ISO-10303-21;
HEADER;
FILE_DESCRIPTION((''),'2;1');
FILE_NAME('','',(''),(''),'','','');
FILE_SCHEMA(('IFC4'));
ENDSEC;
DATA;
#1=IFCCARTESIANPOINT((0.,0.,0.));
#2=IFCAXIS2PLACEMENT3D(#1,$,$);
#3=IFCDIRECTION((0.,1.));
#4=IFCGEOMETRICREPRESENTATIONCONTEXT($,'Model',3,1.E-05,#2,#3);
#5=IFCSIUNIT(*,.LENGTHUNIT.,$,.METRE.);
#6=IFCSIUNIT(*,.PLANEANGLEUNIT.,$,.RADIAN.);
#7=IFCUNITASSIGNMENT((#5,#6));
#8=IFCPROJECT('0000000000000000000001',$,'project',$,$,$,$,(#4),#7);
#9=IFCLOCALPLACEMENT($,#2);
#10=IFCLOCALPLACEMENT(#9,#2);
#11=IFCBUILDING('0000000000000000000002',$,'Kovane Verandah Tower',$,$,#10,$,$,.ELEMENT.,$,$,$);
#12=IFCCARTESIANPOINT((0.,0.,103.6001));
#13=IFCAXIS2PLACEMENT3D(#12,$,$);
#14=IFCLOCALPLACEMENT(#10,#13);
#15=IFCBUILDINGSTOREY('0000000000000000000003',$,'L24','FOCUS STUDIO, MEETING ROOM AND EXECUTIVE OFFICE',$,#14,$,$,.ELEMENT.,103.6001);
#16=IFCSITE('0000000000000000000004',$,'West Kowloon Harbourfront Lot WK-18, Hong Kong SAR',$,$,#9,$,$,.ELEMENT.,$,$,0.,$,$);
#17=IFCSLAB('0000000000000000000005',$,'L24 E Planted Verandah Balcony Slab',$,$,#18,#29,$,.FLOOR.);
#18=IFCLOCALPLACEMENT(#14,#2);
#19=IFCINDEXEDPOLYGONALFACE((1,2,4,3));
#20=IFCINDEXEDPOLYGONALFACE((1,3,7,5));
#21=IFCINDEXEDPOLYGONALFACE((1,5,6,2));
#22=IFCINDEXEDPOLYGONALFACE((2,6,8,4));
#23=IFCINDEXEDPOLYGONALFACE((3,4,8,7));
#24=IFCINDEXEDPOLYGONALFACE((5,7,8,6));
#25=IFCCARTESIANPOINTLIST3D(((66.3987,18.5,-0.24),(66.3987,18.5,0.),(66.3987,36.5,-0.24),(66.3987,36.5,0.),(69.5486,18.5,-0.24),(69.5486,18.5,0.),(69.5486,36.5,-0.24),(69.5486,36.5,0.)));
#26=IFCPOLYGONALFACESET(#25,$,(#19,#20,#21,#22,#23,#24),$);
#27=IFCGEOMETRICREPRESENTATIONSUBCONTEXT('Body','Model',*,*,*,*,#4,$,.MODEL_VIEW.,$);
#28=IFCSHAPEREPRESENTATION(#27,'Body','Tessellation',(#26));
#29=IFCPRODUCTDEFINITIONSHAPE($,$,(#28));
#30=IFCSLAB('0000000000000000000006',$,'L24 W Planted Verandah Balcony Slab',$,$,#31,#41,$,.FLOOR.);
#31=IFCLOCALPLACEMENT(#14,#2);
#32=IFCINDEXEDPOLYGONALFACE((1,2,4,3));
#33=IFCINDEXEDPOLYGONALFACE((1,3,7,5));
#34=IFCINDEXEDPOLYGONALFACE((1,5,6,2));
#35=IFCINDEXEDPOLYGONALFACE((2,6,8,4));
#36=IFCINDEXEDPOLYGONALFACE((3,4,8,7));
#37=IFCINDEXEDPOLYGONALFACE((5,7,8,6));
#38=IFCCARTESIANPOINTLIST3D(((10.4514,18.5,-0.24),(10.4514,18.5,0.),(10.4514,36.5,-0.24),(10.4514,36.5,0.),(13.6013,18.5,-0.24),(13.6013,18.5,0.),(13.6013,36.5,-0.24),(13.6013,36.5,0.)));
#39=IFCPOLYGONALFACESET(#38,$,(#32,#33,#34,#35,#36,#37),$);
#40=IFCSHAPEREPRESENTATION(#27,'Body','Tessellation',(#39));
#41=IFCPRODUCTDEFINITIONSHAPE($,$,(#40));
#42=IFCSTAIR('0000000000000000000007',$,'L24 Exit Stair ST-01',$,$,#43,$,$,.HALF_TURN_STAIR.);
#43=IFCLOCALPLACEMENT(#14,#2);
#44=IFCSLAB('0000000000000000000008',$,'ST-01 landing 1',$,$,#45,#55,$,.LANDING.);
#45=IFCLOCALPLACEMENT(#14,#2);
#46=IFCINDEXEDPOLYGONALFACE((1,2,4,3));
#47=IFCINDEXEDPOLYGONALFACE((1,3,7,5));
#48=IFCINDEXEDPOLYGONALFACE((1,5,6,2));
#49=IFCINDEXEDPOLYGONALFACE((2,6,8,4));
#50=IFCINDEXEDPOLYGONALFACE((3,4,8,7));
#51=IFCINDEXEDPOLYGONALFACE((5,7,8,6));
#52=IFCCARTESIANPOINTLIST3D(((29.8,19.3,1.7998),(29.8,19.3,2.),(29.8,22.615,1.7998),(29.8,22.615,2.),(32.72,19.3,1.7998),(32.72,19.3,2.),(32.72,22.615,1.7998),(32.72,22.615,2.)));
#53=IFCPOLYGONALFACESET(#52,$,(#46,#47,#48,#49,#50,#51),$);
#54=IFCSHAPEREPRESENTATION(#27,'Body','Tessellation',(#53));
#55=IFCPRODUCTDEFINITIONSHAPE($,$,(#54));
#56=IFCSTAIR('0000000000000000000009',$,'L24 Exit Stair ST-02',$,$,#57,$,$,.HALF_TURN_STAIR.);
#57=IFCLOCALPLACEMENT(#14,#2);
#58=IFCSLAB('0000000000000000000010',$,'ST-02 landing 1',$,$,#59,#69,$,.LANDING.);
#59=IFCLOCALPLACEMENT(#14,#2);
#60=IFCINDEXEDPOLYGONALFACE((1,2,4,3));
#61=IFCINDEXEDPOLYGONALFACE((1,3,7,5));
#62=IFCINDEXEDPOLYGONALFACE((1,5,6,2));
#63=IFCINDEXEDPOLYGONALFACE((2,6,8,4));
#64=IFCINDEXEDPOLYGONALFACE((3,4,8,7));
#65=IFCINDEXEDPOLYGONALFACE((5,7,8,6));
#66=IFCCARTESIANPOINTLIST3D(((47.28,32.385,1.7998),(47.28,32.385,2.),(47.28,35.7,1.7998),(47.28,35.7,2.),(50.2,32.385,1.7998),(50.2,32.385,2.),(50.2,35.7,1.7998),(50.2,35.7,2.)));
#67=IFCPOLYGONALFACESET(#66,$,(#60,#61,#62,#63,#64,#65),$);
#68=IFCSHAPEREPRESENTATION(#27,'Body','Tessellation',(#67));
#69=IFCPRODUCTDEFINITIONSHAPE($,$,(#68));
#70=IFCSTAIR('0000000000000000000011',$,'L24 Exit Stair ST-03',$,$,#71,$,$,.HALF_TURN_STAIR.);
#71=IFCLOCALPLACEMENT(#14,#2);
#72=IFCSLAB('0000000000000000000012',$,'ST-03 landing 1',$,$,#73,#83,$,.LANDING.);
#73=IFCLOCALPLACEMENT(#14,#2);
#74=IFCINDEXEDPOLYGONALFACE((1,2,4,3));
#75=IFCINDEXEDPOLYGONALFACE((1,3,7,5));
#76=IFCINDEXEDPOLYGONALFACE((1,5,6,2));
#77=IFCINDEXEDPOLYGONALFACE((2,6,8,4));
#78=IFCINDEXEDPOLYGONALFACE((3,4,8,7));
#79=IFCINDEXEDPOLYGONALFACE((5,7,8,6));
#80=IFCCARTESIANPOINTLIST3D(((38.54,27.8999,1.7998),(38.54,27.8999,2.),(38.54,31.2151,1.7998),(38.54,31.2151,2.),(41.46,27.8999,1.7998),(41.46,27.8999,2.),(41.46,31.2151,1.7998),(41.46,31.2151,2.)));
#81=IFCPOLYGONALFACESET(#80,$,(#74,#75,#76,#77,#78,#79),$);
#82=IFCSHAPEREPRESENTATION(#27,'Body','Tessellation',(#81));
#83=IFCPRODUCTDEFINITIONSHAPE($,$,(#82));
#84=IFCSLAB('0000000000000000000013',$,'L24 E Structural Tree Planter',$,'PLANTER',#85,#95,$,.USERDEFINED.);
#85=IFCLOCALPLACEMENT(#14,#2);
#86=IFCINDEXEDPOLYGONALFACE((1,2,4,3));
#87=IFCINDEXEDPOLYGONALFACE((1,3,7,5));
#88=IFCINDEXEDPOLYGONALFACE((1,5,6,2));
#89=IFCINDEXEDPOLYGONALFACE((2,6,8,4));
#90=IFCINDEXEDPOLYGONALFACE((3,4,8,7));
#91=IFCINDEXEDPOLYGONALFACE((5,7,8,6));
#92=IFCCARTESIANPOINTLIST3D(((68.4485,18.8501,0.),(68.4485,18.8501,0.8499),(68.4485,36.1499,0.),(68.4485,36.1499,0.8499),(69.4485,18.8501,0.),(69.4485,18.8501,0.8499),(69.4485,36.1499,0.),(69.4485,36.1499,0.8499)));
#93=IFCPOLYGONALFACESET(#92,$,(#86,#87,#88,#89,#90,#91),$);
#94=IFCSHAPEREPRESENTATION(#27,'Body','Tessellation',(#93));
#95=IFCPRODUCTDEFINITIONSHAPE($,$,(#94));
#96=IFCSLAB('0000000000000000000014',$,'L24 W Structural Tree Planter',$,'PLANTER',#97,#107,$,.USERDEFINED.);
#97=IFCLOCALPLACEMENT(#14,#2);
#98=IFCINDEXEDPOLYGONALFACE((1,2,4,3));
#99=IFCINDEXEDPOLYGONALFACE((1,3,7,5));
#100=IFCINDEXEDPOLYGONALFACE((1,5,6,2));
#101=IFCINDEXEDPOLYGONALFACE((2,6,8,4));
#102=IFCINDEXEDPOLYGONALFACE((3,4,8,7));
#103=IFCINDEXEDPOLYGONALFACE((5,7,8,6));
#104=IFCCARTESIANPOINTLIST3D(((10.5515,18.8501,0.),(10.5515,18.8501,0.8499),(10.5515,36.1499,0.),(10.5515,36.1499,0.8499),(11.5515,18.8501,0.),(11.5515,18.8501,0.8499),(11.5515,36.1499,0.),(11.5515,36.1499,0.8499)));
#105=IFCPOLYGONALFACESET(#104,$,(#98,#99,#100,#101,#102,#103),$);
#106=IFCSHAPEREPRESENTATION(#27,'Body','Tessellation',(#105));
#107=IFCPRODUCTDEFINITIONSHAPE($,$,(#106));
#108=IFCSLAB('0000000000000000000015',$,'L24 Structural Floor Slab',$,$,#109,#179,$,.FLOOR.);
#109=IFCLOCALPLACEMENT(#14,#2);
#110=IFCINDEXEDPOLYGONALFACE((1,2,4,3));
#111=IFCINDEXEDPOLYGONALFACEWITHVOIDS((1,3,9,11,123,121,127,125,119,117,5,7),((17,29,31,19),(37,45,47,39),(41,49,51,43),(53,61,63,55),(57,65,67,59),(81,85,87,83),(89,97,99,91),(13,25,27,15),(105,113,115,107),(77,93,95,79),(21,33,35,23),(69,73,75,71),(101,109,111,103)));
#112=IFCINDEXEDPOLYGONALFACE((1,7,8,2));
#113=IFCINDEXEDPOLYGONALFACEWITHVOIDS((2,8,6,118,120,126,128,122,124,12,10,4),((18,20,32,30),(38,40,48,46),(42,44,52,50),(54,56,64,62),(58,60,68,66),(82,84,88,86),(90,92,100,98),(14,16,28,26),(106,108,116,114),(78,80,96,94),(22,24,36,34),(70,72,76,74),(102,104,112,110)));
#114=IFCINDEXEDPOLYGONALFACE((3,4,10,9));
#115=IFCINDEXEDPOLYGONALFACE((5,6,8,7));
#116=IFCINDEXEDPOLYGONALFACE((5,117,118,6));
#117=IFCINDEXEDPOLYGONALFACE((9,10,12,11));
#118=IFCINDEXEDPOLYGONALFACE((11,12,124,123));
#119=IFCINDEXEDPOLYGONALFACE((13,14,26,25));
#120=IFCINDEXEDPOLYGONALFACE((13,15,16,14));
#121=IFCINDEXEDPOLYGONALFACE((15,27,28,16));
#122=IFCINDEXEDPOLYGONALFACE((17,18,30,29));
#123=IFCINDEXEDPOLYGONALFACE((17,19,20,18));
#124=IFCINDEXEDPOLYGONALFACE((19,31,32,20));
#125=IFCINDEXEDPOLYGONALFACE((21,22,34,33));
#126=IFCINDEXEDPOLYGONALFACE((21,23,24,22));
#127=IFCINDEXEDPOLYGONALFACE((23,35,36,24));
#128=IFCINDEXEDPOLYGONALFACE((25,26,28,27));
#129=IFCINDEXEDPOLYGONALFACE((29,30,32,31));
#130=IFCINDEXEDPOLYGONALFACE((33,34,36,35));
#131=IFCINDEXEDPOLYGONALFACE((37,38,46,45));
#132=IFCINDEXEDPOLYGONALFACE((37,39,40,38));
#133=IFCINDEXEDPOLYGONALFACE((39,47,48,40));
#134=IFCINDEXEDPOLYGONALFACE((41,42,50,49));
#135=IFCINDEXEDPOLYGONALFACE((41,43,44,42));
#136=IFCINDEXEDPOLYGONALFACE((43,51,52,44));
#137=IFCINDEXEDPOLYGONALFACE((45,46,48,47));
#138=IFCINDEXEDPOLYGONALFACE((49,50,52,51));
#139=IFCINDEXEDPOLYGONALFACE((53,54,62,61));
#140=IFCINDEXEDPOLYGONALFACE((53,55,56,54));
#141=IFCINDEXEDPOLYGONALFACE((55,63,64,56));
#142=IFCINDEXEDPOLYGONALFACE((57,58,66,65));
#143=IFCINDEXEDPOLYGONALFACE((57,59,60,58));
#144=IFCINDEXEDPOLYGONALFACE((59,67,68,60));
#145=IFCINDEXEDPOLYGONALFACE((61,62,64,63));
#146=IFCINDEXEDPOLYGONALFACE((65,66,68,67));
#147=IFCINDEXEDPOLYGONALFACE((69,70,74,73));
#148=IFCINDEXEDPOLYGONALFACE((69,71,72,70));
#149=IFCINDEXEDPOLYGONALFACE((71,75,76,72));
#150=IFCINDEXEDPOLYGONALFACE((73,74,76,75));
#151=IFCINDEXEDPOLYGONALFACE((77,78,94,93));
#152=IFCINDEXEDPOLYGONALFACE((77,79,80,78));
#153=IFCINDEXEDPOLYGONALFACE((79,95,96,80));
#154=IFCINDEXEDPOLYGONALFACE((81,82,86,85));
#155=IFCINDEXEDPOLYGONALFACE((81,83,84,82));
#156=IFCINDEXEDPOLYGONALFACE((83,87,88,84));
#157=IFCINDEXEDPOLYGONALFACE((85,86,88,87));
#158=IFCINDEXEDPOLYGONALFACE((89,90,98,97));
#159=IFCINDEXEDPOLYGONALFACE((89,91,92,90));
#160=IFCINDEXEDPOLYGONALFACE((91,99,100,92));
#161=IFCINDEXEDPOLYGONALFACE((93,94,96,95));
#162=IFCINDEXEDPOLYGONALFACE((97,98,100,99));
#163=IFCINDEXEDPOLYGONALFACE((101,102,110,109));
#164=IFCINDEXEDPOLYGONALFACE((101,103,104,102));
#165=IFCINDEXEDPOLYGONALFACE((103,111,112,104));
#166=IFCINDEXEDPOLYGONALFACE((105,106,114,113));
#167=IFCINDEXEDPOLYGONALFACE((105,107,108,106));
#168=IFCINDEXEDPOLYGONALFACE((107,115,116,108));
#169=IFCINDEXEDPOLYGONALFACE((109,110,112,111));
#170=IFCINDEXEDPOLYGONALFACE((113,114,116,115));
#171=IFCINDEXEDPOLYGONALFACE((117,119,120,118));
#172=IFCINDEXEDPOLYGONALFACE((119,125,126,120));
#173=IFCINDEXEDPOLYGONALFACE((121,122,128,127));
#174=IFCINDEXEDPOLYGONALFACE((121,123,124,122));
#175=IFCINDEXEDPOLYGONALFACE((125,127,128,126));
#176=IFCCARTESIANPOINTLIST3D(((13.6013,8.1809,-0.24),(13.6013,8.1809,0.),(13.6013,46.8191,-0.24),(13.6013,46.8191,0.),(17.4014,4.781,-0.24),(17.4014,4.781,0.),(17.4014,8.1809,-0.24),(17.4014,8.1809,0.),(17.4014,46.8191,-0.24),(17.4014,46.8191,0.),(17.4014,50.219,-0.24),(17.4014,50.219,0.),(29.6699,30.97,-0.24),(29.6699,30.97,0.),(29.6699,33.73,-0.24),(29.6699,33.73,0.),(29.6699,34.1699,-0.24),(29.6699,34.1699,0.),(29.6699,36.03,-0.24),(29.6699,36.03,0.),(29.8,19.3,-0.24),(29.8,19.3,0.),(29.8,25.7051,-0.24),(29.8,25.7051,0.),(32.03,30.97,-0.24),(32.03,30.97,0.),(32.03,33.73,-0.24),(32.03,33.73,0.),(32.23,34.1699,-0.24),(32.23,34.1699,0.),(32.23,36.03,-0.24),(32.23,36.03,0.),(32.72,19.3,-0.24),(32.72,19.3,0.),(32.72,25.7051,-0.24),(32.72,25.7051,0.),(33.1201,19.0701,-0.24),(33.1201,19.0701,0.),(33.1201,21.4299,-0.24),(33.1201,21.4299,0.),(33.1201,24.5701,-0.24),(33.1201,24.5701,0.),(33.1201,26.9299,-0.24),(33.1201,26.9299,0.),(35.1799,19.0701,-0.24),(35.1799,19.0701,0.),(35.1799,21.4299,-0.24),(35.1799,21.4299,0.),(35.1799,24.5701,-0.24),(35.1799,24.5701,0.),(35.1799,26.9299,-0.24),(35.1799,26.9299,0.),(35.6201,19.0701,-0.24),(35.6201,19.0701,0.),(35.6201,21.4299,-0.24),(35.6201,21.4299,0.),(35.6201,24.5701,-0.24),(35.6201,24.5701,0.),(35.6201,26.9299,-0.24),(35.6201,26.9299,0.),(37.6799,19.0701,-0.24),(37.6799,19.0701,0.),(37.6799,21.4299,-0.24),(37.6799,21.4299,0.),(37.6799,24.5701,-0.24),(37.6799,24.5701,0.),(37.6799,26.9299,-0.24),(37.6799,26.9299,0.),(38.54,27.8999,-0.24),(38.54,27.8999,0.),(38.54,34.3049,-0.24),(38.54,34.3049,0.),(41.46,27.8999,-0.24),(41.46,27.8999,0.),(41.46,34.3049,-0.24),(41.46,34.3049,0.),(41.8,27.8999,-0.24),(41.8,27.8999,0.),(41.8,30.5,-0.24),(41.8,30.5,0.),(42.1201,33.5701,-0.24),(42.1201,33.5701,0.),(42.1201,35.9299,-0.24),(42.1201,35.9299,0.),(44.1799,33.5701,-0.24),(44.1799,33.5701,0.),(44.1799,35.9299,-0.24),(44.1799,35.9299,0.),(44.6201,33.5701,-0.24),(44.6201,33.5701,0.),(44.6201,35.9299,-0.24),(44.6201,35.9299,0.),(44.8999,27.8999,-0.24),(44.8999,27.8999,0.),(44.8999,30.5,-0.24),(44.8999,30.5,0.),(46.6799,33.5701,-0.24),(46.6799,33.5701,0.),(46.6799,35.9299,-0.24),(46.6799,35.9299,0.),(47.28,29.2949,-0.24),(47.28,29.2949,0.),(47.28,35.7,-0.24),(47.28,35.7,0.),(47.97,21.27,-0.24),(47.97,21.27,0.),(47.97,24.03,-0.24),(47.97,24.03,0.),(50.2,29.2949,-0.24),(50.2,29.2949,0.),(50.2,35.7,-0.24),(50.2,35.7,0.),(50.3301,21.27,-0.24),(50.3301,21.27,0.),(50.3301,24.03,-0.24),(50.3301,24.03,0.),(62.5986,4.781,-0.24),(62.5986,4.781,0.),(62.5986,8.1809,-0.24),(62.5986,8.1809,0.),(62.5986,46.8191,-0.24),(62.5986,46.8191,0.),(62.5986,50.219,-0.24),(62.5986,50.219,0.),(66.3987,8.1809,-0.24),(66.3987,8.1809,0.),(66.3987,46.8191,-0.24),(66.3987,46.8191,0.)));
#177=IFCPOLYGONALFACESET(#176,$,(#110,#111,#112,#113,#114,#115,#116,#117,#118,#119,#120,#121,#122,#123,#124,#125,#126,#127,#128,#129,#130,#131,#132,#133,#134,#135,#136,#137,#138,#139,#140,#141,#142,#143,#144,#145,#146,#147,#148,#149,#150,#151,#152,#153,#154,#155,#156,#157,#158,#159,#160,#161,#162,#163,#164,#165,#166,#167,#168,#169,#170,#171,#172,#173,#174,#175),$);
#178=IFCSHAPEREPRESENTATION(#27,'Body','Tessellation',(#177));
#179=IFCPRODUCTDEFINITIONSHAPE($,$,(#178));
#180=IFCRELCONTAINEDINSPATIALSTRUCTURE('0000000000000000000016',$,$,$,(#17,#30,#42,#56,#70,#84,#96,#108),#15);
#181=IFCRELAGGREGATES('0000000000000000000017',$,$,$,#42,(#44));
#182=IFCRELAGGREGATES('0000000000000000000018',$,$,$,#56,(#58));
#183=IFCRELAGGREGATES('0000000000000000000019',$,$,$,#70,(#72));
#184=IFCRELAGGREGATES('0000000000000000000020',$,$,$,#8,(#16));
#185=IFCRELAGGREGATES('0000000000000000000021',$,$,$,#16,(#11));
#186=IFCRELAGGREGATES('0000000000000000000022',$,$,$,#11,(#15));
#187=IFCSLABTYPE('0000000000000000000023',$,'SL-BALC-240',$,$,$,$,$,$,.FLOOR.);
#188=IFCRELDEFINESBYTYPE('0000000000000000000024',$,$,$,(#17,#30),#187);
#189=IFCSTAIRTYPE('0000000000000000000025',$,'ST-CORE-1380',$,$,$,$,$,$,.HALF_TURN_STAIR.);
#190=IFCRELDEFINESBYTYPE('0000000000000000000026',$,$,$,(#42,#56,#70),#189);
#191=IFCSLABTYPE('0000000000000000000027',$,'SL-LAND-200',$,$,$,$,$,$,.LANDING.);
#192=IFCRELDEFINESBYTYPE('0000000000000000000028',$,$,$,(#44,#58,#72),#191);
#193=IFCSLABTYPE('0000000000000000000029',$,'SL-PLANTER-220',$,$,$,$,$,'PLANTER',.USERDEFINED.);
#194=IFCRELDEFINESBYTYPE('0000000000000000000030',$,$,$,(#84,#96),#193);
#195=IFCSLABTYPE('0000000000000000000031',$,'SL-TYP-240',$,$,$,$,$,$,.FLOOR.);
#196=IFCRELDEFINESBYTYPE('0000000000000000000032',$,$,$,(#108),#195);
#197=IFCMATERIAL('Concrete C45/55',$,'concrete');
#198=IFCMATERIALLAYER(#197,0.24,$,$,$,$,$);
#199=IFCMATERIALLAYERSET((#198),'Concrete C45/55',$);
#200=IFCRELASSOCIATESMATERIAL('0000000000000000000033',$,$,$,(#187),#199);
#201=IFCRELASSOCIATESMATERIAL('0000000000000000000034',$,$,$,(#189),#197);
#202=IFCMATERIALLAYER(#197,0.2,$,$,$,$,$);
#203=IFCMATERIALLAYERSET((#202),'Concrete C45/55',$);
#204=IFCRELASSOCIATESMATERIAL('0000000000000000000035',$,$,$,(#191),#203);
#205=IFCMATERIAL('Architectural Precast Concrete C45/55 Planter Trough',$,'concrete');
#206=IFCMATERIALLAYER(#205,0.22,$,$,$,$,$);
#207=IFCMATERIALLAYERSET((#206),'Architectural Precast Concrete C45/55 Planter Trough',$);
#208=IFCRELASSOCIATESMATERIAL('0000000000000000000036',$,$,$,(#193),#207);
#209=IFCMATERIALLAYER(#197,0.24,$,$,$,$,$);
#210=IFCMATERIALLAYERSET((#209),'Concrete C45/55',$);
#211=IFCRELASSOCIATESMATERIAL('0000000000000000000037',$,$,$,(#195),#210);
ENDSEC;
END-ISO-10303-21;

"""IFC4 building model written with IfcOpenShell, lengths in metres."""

from ifc_helpers import new_model, si_unit, direction, frame, origin, place, context, subcontext, project, spatial, polyline, outline, extrude, material, layer, layer_set, type_object, element, aggregate, save


model = new_model("IFC4")

# Units and contexts
model_context = context("Model", 3, precision=1e-05, world=origin(), true_north=direction((0.0, 1.0)))
body_context = subcontext(model_context, "Body", "Model", "MODEL_VIEW")
ifc_project = project(units=[si_unit("LENGTHUNIT", "METRE"), si_unit("PLANEANGLEUNIT", "RADIAN")], contexts=[model_context])

# Site, building, storey
site_placement = place(None, origin())
site = spatial("IfcSite", under=ifc_project, at=site_placement, Name="West Kowloon Harbourfront Lot WK-18, Hong Kong SAR", CompositionType="ELEMENT", RefElevation=0.0)
building_placement = place(site_placement, origin())
building = spatial("IfcBuilding", under=site, at=building_placement, Name="Kovane Verandah Tower", CompositionType="ELEMENT")
storey_placement = place(building_placement, frame((0.0, 0.0, 103.6001)))
storey = spatial("IfcBuildingStorey", under=building, at=storey_placement, Name="L24", Description="FOCUS STUDIO, MEETING ROOM AND EXECUTIVE OFFICE", CompositionType="ELEMENT", Elevation=103.6001)

# Slabs
ifc_material_1 = material(Name="Concrete C45/55", Category="concrete")
ifc_layer_1 = layer(ifc_material_1, 0.24)
ifc_layer_set_1 = layer_set([ifc_layer_1], Name="Concrete C45/55")
slab_type_1 = type_object("IfcSlabType", Name="SL-BALC-240", PredefinedType="FLOOR", material=ifc_layer_set_1)
slab_1_placement = place(storey_placement, frame((0.0, 0.0, -0.24)))
element("IfcSlab", 1, at=slab_1_placement, inside=storey, type_object=slab_type_1, Name="L24 E Planted Verandah Balcony Slab", PredefinedType="FLOOR", context=body_context, shape_type="SweptSolid", body=[
    extrude(outline(polyline([(66.3987, 18.5), (69.5486, 18.5), (69.5486, 36.5), (66.3987, 36.5), (66.3987, 18.5)])), origin(), (0.0, 0.0, 1.0), 0.24),
])
slab_2_placement = place(storey_placement, frame((0.0, 0.0, -0.24)))
element("IfcSlab", 2, at=slab_2_placement, inside=storey, type_object=slab_type_1, Name="L24 W Planted Verandah Balcony Slab", PredefinedType="FLOOR", context=body_context, shape_type="SweptSolid", body=[
    extrude(outline(polyline([(10.4514, 18.5), (13.6013, 18.5), (13.6013, 36.5), (10.4514, 36.5), (10.4514, 18.5)])), origin(), (0.0, 0.0, 1.0), 0.24),
])

# Stairs, slabs
stair_type = type_object("IfcStairType", Name="ST-CORE-1380", PredefinedType="HALF_TURN_STAIR", material=ifc_material_1)
stair_1_placement = place(storey_placement, origin())
stair_1 = element("IfcStair", 3, at=stair_1_placement, inside=storey, type_object=stair_type, Name="L24 Exit Stair ST-01", PredefinedType="HALF_TURN_STAIR")
ifc_layer_2 = layer(ifc_material_1, 0.2)
ifc_layer_set_2 = layer_set([ifc_layer_2], Name="Concrete C45/55")
slab_type_2 = type_object("IfcSlabType", Name="SL-LAND-200", PredefinedType="LANDING", material=ifc_layer_set_2)
slab_3_placement = place(storey_placement, frame((0.0, 0.0, 1.7998)))
slab_3 = element("IfcSlab", 4, at=slab_3_placement, type_object=slab_type_2, Name="ST-01 landing 1", PredefinedType="LANDING", context=body_context, shape_type="SweptSolid", body=[
    extrude(outline(polyline([(29.8, 22.615), (29.8, 19.3), (32.72, 19.3), (32.72, 22.615), (29.8, 22.615)])), origin(), (0.0, 0.0, 1.0), 0.2002),
])
aggregate(stair_1, [slab_3])
stair_2_placement = place(storey_placement, origin())
stair_2 = element("IfcStair", 5, at=stair_2_placement, inside=storey, type_object=stair_type, Name="L24 Exit Stair ST-02", PredefinedType="HALF_TURN_STAIR")
slab_4_placement = place(storey_placement, frame((0.0, 0.0, 1.7998)))
slab_4 = element("IfcSlab", 6, at=slab_4_placement, type_object=slab_type_2, Name="ST-02 landing 1", PredefinedType="LANDING", context=body_context, shape_type="SweptSolid", body=[
    extrude(outline(polyline([(50.2, 32.385), (50.2, 35.7), (47.28, 35.7), (47.28, 32.385), (50.2, 32.385)])), origin(), (0.0, 0.0, 1.0), 0.2002),
])
aggregate(stair_2, [slab_4])
stair_3_placement = place(storey_placement, origin())
stair_3 = element("IfcStair", 7, at=stair_3_placement, inside=storey, type_object=stair_type, Name="L24 Exit Stair ST-03", PredefinedType="HALF_TURN_STAIR")
slab_5_placement = place(storey_placement, frame((0.0, 0.0, 1.7998)))
slab_5 = element("IfcSlab", 8, at=slab_5_placement, type_object=slab_type_2, Name="ST-03 landing 1", PredefinedType="LANDING", context=body_context, shape_type="SweptSolid", body=[
    extrude(outline(polyline([(38.54, 31.2151), (38.54, 27.8999), (41.46, 27.8999), (41.46, 31.2151), (38.54, 31.2151)])), origin(), (0.0, 0.0, 1.0), 0.2002),
])
aggregate(stair_3, [slab_5])

# Slabs
ifc_material_2 = material(Name="Architectural Precast Concrete C45/55 Planter Trough", Category="concrete")
ifc_layer_3 = layer(ifc_material_2, 0.22)
ifc_layer_set_3 = layer_set([ifc_layer_3], Name="Architectural Precast Concrete C45/55 Planter Trough")
slab_type_3 = type_object("IfcSlabType", Name="SL-PLANTER-220", ElementType="PLANTER", PredefinedType="USERDEFINED", material=ifc_layer_set_3)
slab_6_placement = place(storey_placement, origin())
element("IfcSlab", 9, at=slab_6_placement, inside=storey, type_object=slab_type_3, Name="L24 E Structural Tree Planter", ObjectType="PLANTER", PredefinedType="USERDEFINED", context=body_context, shape_type="SweptSolid", body=[
    extrude(outline(polyline([(68.4485, 18.8501), (69.4485, 18.8501), (69.4485, 36.1499), (68.4485, 36.1499), (68.4485, 18.8501)])), origin(), (0.0, 0.0, 1.0), 0.8499),
])
slab_7_placement = place(storey_placement, origin())
element("IfcSlab", 10, at=slab_7_placement, inside=storey, type_object=slab_type_3, Name="L24 W Structural Tree Planter", ObjectType="PLANTER", PredefinedType="USERDEFINED", context=body_context, shape_type="SweptSolid", body=[
    extrude(outline(polyline([(10.5515, 18.8501), (11.5515, 18.8501), (11.5515, 36.1499), (10.5515, 36.1499), (10.5515, 18.8501)])), origin(), (0.0, 0.0, 1.0), 0.8499),
])
ifc_layer_4 = layer(ifc_material_1, 0.24)
ifc_layer_set_4 = layer_set([ifc_layer_4], Name="Concrete C45/55")
slab_type_4 = type_object("IfcSlabType", Name="SL-TYP-240", PredefinedType="FLOOR", material=ifc_layer_set_4)
slab_8_placement = place(storey_placement, frame((0.0, 0.0, -0.24)))
element("IfcSlab", 11, at=slab_8_placement, inside=storey, type_object=slab_type_4, Name="L24 Structural Floor Slab", PredefinedType="FLOOR", context=body_context, shape_type="SweptSolid", body=[
    extrude(outline(polyline([(17.4014, 4.781), (62.5986, 4.781), (62.5986, 8.1809), (66.3987, 8.1809), (66.3987, 46.8191), (62.5986, 46.8191), (62.5986, 50.219), (17.4014, 50.219), (17.4014, 46.8191), (13.6013, 46.8191), (13.6013, 8.1809), (17.4014, 8.1809), (17.4014, 4.781)]), holes=[polyline([(29.8, 19.3), (32.72, 19.3), (32.72, 25.7051), (29.8, 25.7051), (29.8, 19.3)]), polyline([(47.28, 29.2949), (50.2, 29.2949), (50.2, 35.7), (47.28, 35.7), (47.28, 29.2949)]), polyline([(38.54, 27.8999), (41.46, 27.8999), (41.46, 34.3049), (38.54, 34.3049), (38.54, 27.8999)]), polyline([(29.6699, 30.97), (32.03, 30.97), (32.03, 33.73), (29.6699, 33.73), (29.6699, 30.97)]), polyline([(47.97, 21.27), (50.3301, 21.27), (50.3301, 24.03), (47.97, 24.03), (47.97, 21.27)]), polyline([(29.6699, 34.1699), (32.23, 34.1699), (32.23, 36.03), (29.6699, 36.03), (29.6699, 34.1699)]), polyline([(33.1201, 19.0701), (35.1799, 19.0701), (35.1799, 21.4299), (33.1201, 21.4299), (33.1201, 19.0701)]), polyline([(35.6201, 19.0701), (37.6799, 19.0701), (37.6799, 21.4299), (35.6201, 21.4299), (35.6201, 19.0701)]), polyline([(33.1201, 24.5701), (35.1799, 24.5701), (35.1799, 26.9299), (33.1201, 26.9299), (33.1201, 24.5701)]), polyline([(35.6201, 24.5701), (37.6799, 24.5701), (37.6799, 26.9299), (35.6201, 26.9299), (35.6201, 24.5701)]), polyline([(42.1201, 33.5701), (44.1799, 33.5701), (44.1799, 35.9299), (42.1201, 35.9299), (42.1201, 33.5701)]), polyline([(44.6201, 33.5701), (46.6799, 33.5701), (46.6799, 35.9299), (44.6201, 35.9299), (44.6201, 33.5701)]), polyline([(41.8, 27.8999), (44.8999, 27.8999), (44.8999, 30.5), (41.8, 30.5), (41.8, 27.8999)])]), origin(), (0.0, 0.0, 1.0), 0.24),
])

save(model, "model.ifc")
